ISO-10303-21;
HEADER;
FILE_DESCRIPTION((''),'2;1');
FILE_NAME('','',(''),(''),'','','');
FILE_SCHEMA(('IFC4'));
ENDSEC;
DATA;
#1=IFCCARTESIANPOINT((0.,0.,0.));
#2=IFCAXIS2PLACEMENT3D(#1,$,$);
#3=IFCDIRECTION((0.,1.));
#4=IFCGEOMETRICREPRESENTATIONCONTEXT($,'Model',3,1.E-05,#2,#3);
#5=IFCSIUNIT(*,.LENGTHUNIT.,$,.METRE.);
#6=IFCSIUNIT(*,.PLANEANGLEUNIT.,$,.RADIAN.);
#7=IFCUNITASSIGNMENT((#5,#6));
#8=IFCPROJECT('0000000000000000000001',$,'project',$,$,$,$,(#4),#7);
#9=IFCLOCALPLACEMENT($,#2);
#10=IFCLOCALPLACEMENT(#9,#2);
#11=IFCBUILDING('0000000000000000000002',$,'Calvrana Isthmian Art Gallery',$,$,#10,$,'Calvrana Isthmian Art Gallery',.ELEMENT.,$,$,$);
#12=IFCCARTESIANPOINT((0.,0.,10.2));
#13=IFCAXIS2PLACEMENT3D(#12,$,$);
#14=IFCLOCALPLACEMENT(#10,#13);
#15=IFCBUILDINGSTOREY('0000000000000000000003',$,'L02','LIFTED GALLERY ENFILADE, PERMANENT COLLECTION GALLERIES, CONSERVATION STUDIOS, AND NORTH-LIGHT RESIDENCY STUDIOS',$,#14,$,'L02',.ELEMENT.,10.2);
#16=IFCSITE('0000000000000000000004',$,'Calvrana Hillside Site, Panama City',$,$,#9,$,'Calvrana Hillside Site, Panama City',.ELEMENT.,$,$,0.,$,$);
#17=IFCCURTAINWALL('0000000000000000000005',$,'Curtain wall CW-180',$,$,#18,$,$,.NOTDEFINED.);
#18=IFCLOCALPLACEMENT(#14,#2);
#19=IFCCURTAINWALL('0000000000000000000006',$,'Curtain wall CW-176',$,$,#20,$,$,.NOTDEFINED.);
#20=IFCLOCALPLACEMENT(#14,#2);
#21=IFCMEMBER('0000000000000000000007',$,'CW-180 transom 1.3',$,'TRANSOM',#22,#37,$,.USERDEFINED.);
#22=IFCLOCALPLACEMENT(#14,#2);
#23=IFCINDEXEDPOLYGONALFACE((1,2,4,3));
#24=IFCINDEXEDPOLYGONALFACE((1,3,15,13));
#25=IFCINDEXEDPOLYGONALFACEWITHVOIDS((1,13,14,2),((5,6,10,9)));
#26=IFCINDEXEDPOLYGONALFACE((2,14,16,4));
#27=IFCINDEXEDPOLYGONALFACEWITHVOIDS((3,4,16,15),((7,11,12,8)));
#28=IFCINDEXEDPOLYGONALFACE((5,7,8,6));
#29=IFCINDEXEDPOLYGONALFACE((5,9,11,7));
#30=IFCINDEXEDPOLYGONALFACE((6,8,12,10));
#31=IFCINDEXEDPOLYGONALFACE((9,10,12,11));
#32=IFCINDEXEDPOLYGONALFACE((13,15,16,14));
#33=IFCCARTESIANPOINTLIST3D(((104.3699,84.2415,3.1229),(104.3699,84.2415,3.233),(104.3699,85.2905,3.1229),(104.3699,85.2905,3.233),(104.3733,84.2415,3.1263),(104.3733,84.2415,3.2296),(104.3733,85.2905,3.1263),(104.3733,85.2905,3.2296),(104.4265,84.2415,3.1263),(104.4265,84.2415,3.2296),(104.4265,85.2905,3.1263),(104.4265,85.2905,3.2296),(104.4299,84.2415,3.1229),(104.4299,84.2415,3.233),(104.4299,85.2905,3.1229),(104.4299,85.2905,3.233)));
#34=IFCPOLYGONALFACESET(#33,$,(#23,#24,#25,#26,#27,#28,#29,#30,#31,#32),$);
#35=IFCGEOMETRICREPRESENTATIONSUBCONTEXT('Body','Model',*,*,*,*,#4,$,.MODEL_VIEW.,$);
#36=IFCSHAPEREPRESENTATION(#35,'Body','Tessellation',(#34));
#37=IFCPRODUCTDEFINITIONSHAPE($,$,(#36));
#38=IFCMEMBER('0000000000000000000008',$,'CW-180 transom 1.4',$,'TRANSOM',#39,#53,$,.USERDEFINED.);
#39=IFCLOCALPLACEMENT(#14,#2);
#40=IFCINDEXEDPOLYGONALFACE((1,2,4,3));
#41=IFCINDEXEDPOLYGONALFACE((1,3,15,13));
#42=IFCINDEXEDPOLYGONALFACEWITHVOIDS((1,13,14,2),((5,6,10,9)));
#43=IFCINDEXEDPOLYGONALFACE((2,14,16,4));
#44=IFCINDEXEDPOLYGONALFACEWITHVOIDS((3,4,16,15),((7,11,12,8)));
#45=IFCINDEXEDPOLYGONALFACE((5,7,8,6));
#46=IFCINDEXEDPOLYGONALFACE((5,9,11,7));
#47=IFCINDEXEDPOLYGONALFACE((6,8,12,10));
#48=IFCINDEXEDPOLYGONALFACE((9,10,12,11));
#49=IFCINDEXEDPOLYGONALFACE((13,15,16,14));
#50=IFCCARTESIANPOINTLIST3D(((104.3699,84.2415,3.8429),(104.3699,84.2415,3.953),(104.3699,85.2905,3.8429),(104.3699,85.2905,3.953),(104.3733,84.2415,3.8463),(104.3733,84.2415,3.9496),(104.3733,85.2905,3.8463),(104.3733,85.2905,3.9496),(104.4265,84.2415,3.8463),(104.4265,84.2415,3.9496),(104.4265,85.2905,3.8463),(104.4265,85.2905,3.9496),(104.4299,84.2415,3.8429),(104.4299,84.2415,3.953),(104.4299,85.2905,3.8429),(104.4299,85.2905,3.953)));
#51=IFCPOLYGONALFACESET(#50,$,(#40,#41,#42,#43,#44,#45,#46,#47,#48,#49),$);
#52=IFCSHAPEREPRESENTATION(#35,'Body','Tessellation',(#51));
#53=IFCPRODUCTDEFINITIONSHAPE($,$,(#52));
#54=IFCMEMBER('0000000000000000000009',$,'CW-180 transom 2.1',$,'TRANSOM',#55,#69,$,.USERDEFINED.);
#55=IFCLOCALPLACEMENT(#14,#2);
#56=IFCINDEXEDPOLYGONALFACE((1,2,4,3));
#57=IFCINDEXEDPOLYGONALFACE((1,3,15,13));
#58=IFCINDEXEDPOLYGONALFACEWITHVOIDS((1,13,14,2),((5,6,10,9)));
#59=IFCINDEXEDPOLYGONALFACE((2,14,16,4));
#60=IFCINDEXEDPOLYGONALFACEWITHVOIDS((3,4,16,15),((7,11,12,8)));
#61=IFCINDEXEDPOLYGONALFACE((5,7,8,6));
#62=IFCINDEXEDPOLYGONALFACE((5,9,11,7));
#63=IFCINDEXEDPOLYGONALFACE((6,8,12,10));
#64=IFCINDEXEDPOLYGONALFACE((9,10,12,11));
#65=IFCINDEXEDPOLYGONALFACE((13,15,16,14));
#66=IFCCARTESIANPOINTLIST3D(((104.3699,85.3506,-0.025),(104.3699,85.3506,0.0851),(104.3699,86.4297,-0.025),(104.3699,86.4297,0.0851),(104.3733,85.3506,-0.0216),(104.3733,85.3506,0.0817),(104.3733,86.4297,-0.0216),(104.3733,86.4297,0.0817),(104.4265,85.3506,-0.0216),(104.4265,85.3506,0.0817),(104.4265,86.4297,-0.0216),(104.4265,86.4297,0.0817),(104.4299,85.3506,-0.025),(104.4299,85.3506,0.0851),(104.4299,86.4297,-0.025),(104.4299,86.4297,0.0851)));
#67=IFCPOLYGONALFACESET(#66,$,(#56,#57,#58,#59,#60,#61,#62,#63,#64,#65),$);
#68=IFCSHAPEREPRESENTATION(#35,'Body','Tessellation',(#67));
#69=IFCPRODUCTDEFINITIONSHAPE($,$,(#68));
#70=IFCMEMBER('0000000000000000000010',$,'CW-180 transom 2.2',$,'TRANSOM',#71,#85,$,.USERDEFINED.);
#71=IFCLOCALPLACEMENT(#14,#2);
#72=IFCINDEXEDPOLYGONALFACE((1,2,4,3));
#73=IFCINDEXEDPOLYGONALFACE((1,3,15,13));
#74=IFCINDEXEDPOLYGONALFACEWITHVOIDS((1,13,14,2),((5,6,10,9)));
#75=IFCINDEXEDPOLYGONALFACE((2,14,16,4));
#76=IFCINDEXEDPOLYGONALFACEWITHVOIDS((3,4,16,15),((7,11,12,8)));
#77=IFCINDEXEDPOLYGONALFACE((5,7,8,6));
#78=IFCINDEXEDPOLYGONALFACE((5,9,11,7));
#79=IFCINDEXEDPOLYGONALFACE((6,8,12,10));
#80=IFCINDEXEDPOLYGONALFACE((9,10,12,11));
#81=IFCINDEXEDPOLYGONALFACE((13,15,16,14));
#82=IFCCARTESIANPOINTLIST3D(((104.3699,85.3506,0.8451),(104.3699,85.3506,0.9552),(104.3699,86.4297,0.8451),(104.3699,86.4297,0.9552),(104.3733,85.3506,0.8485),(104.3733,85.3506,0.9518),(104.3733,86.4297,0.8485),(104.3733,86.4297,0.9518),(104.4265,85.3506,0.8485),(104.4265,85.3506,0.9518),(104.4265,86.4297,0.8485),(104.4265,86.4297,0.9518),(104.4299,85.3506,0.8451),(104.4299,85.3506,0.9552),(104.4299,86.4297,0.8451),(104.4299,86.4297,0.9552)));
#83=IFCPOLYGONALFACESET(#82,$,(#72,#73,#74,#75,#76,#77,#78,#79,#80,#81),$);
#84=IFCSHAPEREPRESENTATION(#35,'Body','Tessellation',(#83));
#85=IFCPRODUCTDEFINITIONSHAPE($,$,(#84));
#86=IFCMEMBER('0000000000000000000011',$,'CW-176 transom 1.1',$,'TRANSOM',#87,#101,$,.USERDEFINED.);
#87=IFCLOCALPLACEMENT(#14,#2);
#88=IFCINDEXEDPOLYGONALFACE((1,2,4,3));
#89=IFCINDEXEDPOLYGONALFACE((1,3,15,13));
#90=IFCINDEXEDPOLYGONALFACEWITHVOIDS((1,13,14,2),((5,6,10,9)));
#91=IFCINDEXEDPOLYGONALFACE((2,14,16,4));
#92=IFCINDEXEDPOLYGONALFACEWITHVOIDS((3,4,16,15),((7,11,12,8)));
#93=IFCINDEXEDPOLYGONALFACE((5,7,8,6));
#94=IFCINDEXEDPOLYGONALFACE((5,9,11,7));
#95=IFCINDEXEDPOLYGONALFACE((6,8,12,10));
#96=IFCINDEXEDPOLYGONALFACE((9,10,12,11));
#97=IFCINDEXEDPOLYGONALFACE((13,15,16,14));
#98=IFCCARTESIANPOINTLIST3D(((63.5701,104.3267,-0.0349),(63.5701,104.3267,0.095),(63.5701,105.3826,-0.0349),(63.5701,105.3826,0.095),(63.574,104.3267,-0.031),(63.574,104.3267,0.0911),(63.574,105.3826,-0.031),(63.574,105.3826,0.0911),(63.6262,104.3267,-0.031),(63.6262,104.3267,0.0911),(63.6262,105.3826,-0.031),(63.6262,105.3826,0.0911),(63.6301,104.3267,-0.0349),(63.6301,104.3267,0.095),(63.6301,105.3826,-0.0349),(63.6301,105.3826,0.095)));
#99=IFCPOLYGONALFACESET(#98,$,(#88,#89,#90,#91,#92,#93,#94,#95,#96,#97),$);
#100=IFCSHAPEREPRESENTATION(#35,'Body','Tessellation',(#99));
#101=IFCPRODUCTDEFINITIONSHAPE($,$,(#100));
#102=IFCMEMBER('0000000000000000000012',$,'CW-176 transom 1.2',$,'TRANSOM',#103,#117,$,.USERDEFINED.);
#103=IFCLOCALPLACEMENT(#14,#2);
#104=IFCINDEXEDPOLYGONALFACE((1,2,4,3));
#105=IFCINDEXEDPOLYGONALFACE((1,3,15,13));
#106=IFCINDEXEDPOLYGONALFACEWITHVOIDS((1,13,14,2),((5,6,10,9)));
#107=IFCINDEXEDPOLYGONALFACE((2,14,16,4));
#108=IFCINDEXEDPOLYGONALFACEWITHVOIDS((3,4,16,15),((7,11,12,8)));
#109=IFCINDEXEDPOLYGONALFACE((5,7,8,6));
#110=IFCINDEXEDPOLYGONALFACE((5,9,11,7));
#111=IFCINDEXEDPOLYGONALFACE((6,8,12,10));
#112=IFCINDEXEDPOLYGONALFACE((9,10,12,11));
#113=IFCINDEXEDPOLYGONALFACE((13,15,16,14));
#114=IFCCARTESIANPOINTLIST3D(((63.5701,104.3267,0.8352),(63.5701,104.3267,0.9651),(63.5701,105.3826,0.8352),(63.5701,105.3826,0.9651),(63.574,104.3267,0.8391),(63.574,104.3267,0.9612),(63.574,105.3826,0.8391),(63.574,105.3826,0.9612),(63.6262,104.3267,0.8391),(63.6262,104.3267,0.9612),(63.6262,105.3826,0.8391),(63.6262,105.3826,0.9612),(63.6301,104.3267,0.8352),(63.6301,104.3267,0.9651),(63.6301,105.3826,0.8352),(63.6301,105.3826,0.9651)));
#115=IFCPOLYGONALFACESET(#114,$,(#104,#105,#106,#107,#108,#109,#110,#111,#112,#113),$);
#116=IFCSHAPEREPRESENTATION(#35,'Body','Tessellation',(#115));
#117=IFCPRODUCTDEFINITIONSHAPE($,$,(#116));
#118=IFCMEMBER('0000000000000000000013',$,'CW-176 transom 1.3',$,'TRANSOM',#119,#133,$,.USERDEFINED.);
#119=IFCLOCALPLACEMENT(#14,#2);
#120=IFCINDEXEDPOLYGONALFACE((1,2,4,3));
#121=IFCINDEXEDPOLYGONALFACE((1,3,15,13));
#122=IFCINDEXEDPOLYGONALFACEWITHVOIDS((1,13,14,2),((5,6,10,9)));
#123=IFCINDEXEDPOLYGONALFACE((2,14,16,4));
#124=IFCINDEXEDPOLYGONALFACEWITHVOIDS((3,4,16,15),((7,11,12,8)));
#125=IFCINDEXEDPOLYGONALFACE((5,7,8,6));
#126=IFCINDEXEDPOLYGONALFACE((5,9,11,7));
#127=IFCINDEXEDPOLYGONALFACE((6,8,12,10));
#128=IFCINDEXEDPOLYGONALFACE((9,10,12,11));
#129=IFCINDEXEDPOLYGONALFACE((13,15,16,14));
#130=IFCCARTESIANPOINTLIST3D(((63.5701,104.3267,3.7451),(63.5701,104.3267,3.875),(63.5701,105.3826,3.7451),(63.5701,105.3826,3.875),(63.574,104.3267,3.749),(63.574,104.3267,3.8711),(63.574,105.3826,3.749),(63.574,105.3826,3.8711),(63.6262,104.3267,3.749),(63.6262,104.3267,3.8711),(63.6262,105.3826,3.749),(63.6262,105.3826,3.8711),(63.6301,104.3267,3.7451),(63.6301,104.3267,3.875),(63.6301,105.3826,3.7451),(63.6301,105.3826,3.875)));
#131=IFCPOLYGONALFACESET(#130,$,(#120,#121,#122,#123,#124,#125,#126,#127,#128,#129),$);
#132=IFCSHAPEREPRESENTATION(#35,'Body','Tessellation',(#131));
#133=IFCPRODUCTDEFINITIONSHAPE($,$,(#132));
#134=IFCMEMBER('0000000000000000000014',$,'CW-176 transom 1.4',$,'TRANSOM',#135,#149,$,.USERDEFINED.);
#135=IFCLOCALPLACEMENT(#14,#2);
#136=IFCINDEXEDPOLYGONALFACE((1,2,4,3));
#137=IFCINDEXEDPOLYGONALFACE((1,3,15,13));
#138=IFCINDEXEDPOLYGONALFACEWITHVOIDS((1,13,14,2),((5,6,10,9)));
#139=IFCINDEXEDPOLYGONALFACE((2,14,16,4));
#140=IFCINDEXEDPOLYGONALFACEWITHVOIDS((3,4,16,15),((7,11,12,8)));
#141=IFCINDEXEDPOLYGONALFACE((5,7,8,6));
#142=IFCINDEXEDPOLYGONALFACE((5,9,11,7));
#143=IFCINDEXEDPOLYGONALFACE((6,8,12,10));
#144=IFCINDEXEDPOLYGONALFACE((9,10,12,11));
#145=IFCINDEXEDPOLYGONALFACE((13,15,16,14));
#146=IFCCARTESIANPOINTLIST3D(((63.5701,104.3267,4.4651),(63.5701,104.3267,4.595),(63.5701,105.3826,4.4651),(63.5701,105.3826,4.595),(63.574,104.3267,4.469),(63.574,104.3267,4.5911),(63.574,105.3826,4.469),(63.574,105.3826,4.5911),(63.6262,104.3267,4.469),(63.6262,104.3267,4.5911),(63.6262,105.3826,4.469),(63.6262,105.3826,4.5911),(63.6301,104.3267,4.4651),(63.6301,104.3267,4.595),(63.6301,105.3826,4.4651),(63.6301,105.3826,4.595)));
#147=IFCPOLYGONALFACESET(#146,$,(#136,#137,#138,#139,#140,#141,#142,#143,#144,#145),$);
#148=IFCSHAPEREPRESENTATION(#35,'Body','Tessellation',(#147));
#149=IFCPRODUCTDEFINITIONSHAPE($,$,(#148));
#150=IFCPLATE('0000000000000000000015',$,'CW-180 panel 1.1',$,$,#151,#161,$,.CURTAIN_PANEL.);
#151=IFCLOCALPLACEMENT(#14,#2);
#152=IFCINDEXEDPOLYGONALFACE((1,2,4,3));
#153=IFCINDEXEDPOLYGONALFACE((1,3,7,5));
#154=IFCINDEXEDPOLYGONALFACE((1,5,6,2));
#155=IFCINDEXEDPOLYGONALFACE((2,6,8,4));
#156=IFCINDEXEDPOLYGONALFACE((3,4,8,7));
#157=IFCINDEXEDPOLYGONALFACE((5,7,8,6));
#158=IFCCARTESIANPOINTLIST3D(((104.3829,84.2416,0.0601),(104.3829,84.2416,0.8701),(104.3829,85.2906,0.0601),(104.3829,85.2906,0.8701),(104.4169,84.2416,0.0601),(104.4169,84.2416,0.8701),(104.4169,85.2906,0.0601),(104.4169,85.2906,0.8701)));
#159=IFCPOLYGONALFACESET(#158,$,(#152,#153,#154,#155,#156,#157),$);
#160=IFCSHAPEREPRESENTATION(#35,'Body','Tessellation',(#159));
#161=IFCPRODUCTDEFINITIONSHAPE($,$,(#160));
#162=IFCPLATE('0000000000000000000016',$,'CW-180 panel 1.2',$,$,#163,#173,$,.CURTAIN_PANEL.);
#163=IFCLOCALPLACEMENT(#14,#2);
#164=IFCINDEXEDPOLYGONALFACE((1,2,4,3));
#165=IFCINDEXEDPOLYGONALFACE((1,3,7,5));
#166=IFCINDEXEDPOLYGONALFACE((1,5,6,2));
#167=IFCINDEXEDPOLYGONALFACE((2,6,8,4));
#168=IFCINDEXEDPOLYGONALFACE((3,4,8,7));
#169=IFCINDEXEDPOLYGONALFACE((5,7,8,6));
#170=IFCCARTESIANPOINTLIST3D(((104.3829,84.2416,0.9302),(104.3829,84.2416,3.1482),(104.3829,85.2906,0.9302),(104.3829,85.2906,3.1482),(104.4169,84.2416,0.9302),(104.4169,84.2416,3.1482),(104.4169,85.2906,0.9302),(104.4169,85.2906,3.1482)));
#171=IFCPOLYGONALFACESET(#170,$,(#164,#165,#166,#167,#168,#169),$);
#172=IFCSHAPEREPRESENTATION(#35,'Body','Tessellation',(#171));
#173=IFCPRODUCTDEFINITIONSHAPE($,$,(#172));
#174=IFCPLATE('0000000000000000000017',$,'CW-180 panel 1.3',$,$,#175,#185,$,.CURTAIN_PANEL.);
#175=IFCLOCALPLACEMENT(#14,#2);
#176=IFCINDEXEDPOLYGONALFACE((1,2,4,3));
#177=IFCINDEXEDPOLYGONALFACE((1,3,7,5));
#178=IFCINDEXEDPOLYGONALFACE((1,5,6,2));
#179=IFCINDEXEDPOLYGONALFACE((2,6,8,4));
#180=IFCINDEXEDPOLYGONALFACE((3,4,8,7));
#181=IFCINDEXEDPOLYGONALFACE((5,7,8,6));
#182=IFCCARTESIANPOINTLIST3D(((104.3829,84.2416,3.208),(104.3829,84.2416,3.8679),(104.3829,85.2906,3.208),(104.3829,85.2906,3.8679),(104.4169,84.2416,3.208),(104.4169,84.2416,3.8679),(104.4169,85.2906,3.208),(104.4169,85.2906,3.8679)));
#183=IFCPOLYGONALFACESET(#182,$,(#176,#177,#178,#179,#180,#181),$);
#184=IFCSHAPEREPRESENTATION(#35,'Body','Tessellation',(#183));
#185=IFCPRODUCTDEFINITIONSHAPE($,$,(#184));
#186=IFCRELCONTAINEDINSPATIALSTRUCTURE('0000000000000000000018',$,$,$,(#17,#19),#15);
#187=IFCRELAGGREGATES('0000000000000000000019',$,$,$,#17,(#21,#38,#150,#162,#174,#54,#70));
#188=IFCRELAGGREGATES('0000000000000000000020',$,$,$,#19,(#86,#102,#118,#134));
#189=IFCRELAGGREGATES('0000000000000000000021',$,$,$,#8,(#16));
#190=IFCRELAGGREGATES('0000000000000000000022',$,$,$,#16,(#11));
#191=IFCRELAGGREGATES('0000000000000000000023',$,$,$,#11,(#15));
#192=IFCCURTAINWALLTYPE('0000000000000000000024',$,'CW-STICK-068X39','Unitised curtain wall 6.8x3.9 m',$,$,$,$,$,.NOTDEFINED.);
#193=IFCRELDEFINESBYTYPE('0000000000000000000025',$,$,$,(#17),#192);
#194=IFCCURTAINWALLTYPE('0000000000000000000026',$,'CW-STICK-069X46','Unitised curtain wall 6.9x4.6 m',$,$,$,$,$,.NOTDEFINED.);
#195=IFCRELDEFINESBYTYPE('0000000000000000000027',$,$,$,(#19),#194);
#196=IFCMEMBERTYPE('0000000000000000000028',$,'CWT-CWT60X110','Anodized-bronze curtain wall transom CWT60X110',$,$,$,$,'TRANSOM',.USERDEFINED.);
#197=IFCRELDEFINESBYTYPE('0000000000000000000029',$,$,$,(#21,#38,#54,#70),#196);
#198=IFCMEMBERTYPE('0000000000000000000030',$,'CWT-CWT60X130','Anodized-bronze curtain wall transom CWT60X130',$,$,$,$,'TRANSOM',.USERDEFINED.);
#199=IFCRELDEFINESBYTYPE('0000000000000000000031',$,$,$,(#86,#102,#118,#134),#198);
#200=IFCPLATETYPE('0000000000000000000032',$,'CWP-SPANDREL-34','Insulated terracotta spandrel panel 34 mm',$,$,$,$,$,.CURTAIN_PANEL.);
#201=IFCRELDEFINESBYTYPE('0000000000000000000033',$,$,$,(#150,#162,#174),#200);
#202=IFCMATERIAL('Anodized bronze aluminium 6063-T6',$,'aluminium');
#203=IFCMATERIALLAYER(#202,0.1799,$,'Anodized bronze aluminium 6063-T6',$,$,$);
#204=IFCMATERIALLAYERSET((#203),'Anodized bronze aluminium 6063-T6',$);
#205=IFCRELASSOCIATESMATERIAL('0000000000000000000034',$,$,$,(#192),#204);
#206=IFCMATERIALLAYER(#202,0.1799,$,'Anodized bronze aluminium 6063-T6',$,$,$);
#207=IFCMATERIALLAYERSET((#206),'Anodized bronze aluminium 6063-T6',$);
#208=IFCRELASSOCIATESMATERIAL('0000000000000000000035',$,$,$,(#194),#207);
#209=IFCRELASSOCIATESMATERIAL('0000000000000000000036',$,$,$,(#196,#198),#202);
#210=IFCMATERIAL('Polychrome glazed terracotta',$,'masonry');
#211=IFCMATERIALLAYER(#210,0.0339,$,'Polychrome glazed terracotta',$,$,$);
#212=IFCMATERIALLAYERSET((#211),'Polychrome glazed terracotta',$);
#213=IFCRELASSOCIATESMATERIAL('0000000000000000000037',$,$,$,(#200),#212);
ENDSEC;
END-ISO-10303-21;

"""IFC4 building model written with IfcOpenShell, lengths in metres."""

from ifc_helpers import new_model, si_unit, direction, frame, origin, origin_2d, place, context, subcontext, project, spatial, rectangle, hollow_rectangle, extrude, material, layer, layer_set, material_profile, profile_set, type_object, element, aggregate, save


model = new_model("IFC4")

# Units and contexts
model_context = context("Model", 3, precision=1e-05, world=origin(), true_north=direction((0.0, 1.0)))
body_context = subcontext(model_context, "Body", "Model", "MODEL_VIEW")
ifc_project = project(units=[si_unit("LENGTHUNIT", "METRE"), si_unit("PLANEANGLEUNIT", "RADIAN")], contexts=[model_context])

# Site, building, storey
site_placement = place(None, origin())
site = spatial("IfcSite", under=ifc_project, at=site_placement, Name="Calvrana Hillside Site, Panama City", LongName="Calvrana Hillside Site, Panama City", CompositionType="ELEMENT", RefElevation=0.0)
building_placement = place(site_placement, origin())
building = spatial("IfcBuilding", under=site, at=building_placement, Name="Calvrana Isthmian Art Gallery", LongName="Calvrana Isthmian Art Gallery", CompositionType="ELEMENT")
storey_placement = place(building_placement, frame((0.0, 0.0, 10.2)))
storey = spatial("IfcBuildingStorey", under=building, at=storey_placement, Name="L02", Description="LIFTED GALLERY ENFILADE, PERMANENT COLLECTION GALLERIES, CONSERVATION STUDIOS, AND NORTH-LIGHT RESIDENCY STUDIOS", LongName="L02", CompositionType="ELEMENT", Elevation=10.2)

# Curtain wall
ifc_material_1 = material(Name="Anodized bronze aluminium 6063-T6", Category="aluminium")
ifc_layer_1 = layer(ifc_material_1, 0.1799, Name="Anodized bronze aluminium 6063-T6")
ifc_layer_set_1 = layer_set([ifc_layer_1], Name="Anodized bronze aluminium 6063-T6")
curtain_wall_type_1 = type_object("IfcCurtainWallType", Name="CW-STICK-068X39", Description="Unitised curtain wall 6.8x3.9 m", PredefinedType="NOTDEFINED", material=ifc_layer_set_1)
curtain_wall_1_placement = place(storey_placement, origin())
curtain_wall_1 = element("IfcCurtainWall", 1, at=curtain_wall_1_placement, inside=storey, type_object=curtain_wall_type_1, Name="Curtain wall CW-180", PredefinedType="NOTDEFINED")

# Curtain wall
ifc_layer_2 = layer(ifc_material_1, 0.1799, Name="Anodized bronze aluminium 6063-T6")
ifc_layer_set_2 = layer_set([ifc_layer_2], Name="Anodized bronze aluminium 6063-T6")
curtain_wall_type_2 = type_object("IfcCurtainWallType", Name="CW-STICK-069X46", Description="Unitised curtain wall 6.9x4.6 m", PredefinedType="NOTDEFINED", material=ifc_layer_set_2)
curtain_wall_2_placement = place(storey_placement, origin())
curtain_wall_2 = element("IfcCurtainWall", 2, at=curtain_wall_2_placement, inside=storey, type_object=curtain_wall_type_2, Name="Curtain wall CW-176", PredefinedType="NOTDEFINED")

# Members
ifc_material_profile_1 = material_profile(ifc_material_1, hollow_rectangle(XDim=0.0601, YDim=0.1101, WallThickness=0.0034, at=origin_2d()), Name="CWT60X110")
ifc_profile_set_1 = profile_set([ifc_material_profile_1], Name="Anodized bronze aluminium 6063-T6")
member_type_1 = type_object("IfcMemberType", Name="CWT-CWT60X110", Description="Anodized-bronze curtain wall transom CWT60X110", ElementType="TRANSOM", PredefinedType="USERDEFINED", material=ifc_profile_set_1)
member_1_placement = place(storey_placement, frame((104.3999, 84.2415, 3.178), z_axis=(0.0, 1.0, 0.0), x_axis=(-1.0, 0.0, 0.0)))
member_1 = element("IfcMember", 3, at=member_1_placement, type_object=member_type_1, Name="CW-180 transom 1.3", ObjectType="TRANSOM", PredefinedType="USERDEFINED", context=body_context, shape_type="SweptSolid", body=[
    extrude(hollow_rectangle(XDim=0.0601, YDim=0.1101, WallThickness=0.0034, at=origin_2d()), origin(), (0.0, 0.0, 1.0), 1.0491),
])
member_2_placement = place(storey_placement, frame((104.3999, 84.2415, 3.8979), z_axis=(0.0, 1.0, 0.0), x_axis=(-1.0, 0.0, 0.0)))
member_2 = element("IfcMember", 4, at=member_2_placement, type_object=member_type_1, Name="CW-180 transom 1.4", ObjectType="TRANSOM", PredefinedType="USERDEFINED", context=body_context, shape_type="SweptSolid", body=[
    extrude(hollow_rectangle(XDim=0.0601, YDim=0.1101, WallThickness=0.0034, at=origin_2d()), origin(), (0.0, 0.0, 1.0), 1.0491),
])
member_3_placement = place(storey_placement, frame((104.3999, 85.3506, 0.03), z_axis=(0.0, 1.0, 0.0), x_axis=(-1.0, 0.0, 0.0)))
member_3 = element("IfcMember", 5, at=member_3_placement, type_object=member_type_1, Name="CW-180 transom 2.1", ObjectType="TRANSOM", PredefinedType="USERDEFINED", context=body_context, shape_type="SweptSolid", body=[
    extrude(hollow_rectangle(XDim=0.0601, YDim=0.1101, WallThickness=0.0034, at=origin_2d()), origin(), (0.0, 0.0, 1.0), 1.0791),
])
member_4_placement = place(storey_placement, frame((104.3999, 85.3506, 0.9001), z_axis=(0.0, 1.0, 0.0), x_axis=(-1.0, 0.0, 0.0)))
member_4 = element("IfcMember", 6, at=member_4_placement, type_object=member_type_1, Name="CW-180 transom 2.2", ObjectType="TRANSOM", PredefinedType="USERDEFINED", context=body_context, shape_type="SweptSolid", body=[
    extrude(hollow_rectangle(XDim=0.0601, YDim=0.1101, WallThickness=0.0034, at=origin_2d()), origin(), (0.0, 0.0, 1.0), 1.0791),
])
ifc_material_profile_2 = material_profile(ifc_material_1, hollow_rectangle(XDim=0.0601, YDim=0.1299, WallThickness=0.0039, at=origin_2d()), Name="CWT60X130")
ifc_profile_set_2 = profile_set([ifc_material_profile_2], Name="Anodized bronze aluminium 6063-T6")
member_type_2 = type_object("IfcMemberType", Name="CWT-CWT60X130", Description="Anodized-bronze curtain wall transom CWT60X130", ElementType="TRANSOM", PredefinedType="USERDEFINED", material=ifc_profile_set_2)
member_5_placement = place(storey_placement, frame((63.6001, 105.3826, 0.03), z_axis=(0.0, -1.0, 0.0), x_axis=(1.0, 0.0, 0.0)))
member_5 = element("IfcMember", 7, at=member_5_placement, type_object=member_type_2, Name="CW-176 transom 1.1", ObjectType="TRANSOM", PredefinedType="USERDEFINED", context=body_context, shape_type="SweptSolid", body=[
    extrude(hollow_rectangle(XDim=0.0601, YDim=0.1299, WallThickness=0.0039, at=origin_2d()), origin(), (0.0, 0.0, 1.0), 1.0559),
])
member_6_placement = place(storey_placement, frame((63.6001, 105.3826, 0.9001), z_axis=(0.0, -1.0, 0.0), x_axis=(1.0, 0.0, 0.0)))
member_6 = element("IfcMember", 8, at=member_6_placement, type_object=member_type_2, Name="CW-176 transom 1.2", ObjectType="TRANSOM", PredefinedType="USERDEFINED", context=body_context, shape_type="SweptSolid", body=[
    extrude(hollow_rectangle(XDim=0.0601, YDim=0.1299, WallThickness=0.0039, at=origin_2d()), origin(), (0.0, 0.0, 1.0), 1.0559),
])
member_7_placement = place(storey_placement, frame((63.6001, 105.3826, 3.8101), z_axis=(0.0, -1.0, 0.0), x_axis=(1.0, 0.0, 0.0)))
member_7 = element("IfcMember", 9, at=member_7_placement, type_object=member_type_2, Name="CW-176 transom 1.3", ObjectType="TRANSOM", PredefinedType="USERDEFINED", context=body_context, shape_type="SweptSolid", body=[
    extrude(hollow_rectangle(XDim=0.0601, YDim=0.1299, WallThickness=0.0039, at=origin_2d()), origin(), (0.0, 0.0, 1.0), 1.0559),
])
member_8_placement = place(storey_placement, frame((63.6001, 105.3826, 4.53), z_axis=(0.0, -1.0, 0.0), x_axis=(1.0, 0.0, 0.0)))
member_8 = element("IfcMember", 10, at=member_8_placement, type_object=member_type_2, Name="CW-176 transom 1.4", ObjectType="TRANSOM", PredefinedType="USERDEFINED", context=body_context, shape_type="SweptSolid", body=[
    extrude(hollow_rectangle(XDim=0.0601, YDim=0.1299, WallThickness=0.0039, at=origin_2d()), origin(), (0.0, 0.0, 1.0), 1.0559),
])

# Plates
ifc_material_2 = material(Name="Polychrome glazed terracotta", Category="masonry")
ifc_layer_3 = layer(ifc_material_2, 0.0339, Name="Polychrome glazed terracotta")
ifc_layer_set_3 = layer_set([ifc_layer_3], Name="Polychrome glazed terracotta")
plate_type_1 = type_object("IfcPlateType", Name="CWP-SPANDREL-34", Description="Insulated terracotta spandrel panel 34 mm", PredefinedType="CURTAIN_PANEL", material=ifc_layer_set_3)
plate_1_placement = place(storey_placement, frame((104.3999, 84.7661, 0.0601), z_axis=(0.0, 0.0, 1.0), x_axis=(0.0, 1.0, 0.0)))
plate_1 = element("IfcPlate", 11, at=plate_1_placement, type_object=plate_type_1, Name="CW-180 panel 1.1", PredefinedType="CURTAIN_PANEL", context=body_context, shape_type="SweptSolid", body=[
    extrude(rectangle(XDim=1.0491, YDim=0.0339, at=origin_2d()), origin(), (0.0, 0.0, 1.0), 0.8101),
])
plate_2_placement = place(storey_placement, frame((104.3999, 84.7661, 0.9302), z_axis=(0.0, 0.0, 1.0), x_axis=(0.0, 1.0, 0.0)))
plate_2 = element("IfcPlate", 12, at=plate_2_placement, type_object=plate_type_1, Name="CW-180 panel 1.2", PredefinedType="CURTAIN_PANEL", context=body_context, shape_type="SweptSolid", body=[
    extrude(rectangle(XDim=1.0491, YDim=0.0339, at=origin_2d()), origin(), (0.0, 0.0, 1.0), 2.218),
])
plate_3_placement = place(storey_placement, frame((104.3999, 84.7661, 3.208), z_axis=(0.0, 0.0, 1.0), x_axis=(0.0, 1.0, 0.0)))
plate_3 = element("IfcPlate", 13, at=plate_3_placement, type_object=plate_type_1, Name="CW-180 panel 1.3", PredefinedType="CURTAIN_PANEL", context=body_context, shape_type="SweptSolid", body=[
    extrude(rectangle(XDim=1.0491, YDim=0.0339, at=origin_2d()), origin(), (0.0, 0.0, 1.0), 0.6599),
])
aggregate(curtain_wall_1, [member_1, member_2, plate_1, plate_2, plate_3, member_3, member_4])
aggregate(curtain_wall_2, [member_5, member_6, member_7, member_8])

save(model, "model.ifc")
